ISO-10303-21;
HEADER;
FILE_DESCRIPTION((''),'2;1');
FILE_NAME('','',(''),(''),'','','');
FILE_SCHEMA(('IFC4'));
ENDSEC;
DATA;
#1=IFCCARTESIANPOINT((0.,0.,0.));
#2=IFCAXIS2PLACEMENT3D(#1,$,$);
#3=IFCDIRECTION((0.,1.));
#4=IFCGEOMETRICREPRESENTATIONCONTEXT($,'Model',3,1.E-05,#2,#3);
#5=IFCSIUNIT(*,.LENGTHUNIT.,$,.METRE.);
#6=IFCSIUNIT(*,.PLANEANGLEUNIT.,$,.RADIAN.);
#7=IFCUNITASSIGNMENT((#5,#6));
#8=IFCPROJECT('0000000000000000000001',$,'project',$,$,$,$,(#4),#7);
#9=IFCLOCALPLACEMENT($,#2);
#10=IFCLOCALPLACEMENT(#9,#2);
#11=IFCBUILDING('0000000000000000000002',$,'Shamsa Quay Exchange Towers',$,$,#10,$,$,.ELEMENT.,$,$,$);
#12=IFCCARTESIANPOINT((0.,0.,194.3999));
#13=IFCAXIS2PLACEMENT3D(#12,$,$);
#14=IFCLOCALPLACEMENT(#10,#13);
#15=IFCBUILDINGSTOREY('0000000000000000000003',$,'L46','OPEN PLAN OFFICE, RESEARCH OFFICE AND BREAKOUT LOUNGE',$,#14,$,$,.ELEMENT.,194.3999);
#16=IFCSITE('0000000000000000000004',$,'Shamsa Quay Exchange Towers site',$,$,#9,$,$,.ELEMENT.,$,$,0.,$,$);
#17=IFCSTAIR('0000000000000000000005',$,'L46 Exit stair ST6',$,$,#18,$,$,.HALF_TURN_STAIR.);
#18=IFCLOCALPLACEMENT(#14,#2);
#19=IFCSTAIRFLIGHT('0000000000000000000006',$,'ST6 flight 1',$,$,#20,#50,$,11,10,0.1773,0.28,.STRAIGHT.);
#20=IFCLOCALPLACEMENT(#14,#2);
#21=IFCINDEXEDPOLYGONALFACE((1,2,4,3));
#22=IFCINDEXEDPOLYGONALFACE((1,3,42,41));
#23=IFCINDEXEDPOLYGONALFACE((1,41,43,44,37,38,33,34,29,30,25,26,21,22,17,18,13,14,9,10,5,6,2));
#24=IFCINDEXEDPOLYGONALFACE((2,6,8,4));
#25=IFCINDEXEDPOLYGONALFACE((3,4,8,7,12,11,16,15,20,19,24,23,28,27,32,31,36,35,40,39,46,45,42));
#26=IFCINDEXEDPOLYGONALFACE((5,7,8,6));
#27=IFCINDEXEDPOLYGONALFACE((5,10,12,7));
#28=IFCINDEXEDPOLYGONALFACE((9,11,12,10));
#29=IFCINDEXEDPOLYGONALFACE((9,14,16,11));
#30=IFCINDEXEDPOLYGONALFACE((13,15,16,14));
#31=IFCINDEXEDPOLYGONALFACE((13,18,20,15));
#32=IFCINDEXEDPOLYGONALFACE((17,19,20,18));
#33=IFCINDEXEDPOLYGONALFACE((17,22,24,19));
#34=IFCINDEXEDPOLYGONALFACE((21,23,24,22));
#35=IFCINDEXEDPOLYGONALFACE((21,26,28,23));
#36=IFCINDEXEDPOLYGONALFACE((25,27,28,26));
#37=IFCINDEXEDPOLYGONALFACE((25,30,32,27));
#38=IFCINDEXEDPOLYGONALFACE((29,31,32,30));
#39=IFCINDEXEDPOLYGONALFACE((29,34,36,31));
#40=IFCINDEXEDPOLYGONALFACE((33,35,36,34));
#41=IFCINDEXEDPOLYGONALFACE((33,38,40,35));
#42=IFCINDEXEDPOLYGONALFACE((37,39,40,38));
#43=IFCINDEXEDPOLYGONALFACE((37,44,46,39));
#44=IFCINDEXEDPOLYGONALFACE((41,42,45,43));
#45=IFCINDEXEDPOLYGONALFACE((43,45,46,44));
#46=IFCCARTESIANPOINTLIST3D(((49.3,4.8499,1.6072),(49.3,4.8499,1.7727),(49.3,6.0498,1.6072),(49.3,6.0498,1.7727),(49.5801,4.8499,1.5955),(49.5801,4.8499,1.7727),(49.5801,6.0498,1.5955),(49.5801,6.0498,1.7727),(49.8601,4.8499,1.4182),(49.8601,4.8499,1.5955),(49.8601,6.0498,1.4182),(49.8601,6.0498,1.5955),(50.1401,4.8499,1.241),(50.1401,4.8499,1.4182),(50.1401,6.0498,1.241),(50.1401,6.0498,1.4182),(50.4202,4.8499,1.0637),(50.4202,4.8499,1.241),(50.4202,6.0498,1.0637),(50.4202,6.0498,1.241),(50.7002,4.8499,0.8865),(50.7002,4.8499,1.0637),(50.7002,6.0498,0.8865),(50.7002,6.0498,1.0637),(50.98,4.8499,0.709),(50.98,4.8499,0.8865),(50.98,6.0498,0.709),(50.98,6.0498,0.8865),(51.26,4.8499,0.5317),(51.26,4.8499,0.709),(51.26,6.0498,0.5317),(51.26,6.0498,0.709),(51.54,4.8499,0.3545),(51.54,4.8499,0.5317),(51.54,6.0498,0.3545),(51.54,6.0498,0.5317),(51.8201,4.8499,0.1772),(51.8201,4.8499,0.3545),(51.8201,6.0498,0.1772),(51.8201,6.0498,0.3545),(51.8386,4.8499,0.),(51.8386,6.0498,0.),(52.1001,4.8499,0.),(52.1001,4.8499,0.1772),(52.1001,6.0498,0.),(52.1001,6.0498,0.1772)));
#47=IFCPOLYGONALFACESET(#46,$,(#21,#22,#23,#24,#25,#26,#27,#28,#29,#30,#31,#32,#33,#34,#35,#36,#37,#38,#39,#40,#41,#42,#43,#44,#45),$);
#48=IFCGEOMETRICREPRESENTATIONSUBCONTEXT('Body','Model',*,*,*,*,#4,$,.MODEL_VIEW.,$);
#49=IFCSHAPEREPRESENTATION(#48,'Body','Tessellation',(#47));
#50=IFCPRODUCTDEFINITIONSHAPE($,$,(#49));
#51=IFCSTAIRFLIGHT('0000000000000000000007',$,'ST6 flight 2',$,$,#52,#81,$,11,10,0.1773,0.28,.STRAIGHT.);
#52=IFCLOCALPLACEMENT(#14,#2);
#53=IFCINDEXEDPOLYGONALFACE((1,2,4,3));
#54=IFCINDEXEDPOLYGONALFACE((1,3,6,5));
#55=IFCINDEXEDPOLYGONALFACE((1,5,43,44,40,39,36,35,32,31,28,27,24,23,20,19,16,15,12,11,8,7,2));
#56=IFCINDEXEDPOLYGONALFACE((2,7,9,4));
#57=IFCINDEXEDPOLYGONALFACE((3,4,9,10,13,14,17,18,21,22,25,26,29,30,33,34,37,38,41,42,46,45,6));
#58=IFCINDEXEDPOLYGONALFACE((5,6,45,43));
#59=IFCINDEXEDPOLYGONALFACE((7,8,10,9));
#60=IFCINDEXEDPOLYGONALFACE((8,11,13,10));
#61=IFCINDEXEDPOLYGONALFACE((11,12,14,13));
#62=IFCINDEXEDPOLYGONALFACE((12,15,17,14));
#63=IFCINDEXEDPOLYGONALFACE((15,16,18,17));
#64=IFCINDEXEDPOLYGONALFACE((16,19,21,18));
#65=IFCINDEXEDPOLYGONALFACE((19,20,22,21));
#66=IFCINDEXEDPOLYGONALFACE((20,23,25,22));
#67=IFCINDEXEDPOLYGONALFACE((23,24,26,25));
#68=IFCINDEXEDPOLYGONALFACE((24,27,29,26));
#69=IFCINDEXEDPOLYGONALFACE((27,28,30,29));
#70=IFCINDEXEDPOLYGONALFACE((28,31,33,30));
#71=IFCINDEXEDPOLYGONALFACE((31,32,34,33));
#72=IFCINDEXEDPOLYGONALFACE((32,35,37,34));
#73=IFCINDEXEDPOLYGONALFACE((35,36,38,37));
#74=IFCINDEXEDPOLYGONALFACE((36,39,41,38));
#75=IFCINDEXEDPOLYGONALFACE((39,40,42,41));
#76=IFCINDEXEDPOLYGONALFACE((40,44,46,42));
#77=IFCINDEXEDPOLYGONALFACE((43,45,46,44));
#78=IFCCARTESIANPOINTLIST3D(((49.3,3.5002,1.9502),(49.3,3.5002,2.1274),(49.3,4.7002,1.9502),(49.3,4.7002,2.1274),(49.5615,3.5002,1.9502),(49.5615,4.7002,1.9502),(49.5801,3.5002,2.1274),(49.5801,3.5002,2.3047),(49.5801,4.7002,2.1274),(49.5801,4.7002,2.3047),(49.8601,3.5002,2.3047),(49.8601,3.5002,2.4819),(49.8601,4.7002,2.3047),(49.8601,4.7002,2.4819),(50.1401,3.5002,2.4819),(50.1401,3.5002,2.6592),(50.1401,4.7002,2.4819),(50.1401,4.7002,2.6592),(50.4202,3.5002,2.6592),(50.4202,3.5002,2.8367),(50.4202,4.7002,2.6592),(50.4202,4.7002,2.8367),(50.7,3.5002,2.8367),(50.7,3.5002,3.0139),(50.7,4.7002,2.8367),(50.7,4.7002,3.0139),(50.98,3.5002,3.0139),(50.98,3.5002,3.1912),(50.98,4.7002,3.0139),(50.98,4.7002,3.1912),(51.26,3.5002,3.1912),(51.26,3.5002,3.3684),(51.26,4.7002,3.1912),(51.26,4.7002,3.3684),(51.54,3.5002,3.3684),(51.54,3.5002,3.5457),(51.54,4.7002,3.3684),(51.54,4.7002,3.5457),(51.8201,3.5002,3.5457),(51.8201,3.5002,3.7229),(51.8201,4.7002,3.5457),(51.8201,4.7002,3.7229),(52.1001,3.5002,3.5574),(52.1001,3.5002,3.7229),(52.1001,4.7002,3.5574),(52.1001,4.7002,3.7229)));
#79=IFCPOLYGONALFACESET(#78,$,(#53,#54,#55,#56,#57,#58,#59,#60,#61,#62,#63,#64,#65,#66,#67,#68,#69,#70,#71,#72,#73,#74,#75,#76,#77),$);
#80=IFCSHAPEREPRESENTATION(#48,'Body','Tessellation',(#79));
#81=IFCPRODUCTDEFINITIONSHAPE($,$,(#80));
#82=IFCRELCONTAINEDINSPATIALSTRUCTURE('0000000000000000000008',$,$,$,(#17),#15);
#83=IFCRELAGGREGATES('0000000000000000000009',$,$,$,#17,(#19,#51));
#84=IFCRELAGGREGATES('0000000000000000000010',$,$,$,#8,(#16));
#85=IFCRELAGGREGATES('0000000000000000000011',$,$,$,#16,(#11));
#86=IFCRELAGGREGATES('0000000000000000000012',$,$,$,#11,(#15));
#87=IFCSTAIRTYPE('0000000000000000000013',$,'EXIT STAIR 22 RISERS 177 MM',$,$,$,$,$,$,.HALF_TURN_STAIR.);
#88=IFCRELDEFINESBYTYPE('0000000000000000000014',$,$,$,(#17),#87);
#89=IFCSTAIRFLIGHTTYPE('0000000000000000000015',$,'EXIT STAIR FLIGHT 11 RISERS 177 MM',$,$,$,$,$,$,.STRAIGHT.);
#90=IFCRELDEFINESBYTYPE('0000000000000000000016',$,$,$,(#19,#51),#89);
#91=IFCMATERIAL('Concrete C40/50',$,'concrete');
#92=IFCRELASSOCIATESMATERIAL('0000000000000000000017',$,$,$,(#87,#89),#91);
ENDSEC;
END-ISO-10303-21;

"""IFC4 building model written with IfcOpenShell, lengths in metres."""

from ifc_helpers import new_model, si_unit, direction, frame, origin, place, context, subcontext, project, spatial, polyline, outline, extrude, material, type_object, element, aggregate, save


model = new_model("IFC4")

# Units and contexts
model_context = context("Model", 3, precision=1e-05, world=origin(), true_north=direction((0.0, 1.0)))
body_context = subcontext(model_context, "Body", "Model", "MODEL_VIEW")
ifc_project = project(units=[si_unit("LENGTHUNIT", "METRE"), si_unit("PLANEANGLEUNIT", "RADIAN")], contexts=[model_context])

# Site, building, storey
site_placement = place(None, origin())
site = spatial("IfcSite", under=ifc_project, at=site_placement, Name="Shamsa Quay Exchange Towers site", CompositionType="ELEMENT", RefElevation=0.0)
building_placement = place(site_placement, origin())
building = spatial("IfcBuilding", under=site, at=building_placement, Name="Shamsa Quay Exchange Towers", CompositionType="ELEMENT")
storey_placement = place(building_placement, frame((0.0, 0.0, 194.3999)))
storey = spatial("IfcBuildingStorey", under=building, at=storey_placement, Name="L46", Description="OPEN PLAN OFFICE, RESEARCH OFFICE AND BREAKOUT LOUNGE", CompositionType="ELEMENT", Elevation=194.3999)

# Stair, stair flights
ifc_material_1 = material(Name="Concrete C40/50", Category="concrete")
stair_type = type_object("IfcStairType", Name="EXIT STAIR 22 RISERS 177 MM", PredefinedType="HALF_TURN_STAIR", material=ifc_material_1)
stair_placement = place(storey_placement, origin())
stair = element("IfcStair", 1, at=stair_placement, inside=storey, type_object=stair_type, Name="L46 Exit stair ST6", PredefinedType="HALF_TURN_STAIR")
stair_flight_type = type_object("IfcStairFlightType", Name="EXIT STAIR FLIGHT 11 RISERS 177 MM", PredefinedType="STRAIGHT", material=ifc_material_1)
stair_flight_1_placement = place(storey_placement, frame((52.1001, 5.45, 0.0), z_axis=(0.0, 0.0, 1.0), x_axis=(-1.0, 0.0, 0.0)))
stair_flight_1 = element("IfcStairFlight", 2, at=stair_flight_1_placement, type_object=stair_flight_type, Name="ST6 flight 1", NumberOfRisers=11, NumberOfTreads=10, PredefinedType="STRAIGHT", RiserHeight=0.1773, TreadLength=0.28, context=body_context, shape_type="SweptSolid", body=[
    extrude(outline(polyline([(0.0, 0.0), (0.0, 0.1772), (0.28, 0.1772), (0.28, 0.3545), (0.5601, 0.3545), (0.5601, 0.5317), (0.8401, 0.5317), (0.8401, 0.709), (1.1201, 0.709), (1.1201, 0.8865), (1.3999, 0.8865), (1.3999, 1.0637), (1.6799, 1.0637), (1.6799, 1.241), (1.96, 1.241), (1.96, 1.4182), (2.24, 1.4182), (2.24, 1.5955), (2.52, 1.5955), (2.52, 1.7727), (2.8, 1.7727), (2.8, 1.95), (2.8, 1.6072), (0.2615, 0.0), (0.0, 0.0)])), frame((0.0, 0.6001, 0.0), z_axis=(0.0, -1.0, 0.0), x_axis=(1.0, 0.0, 0.0)), (0.0, 0.0, 1.0), 1.2),
])
stair_flight_2_placement = place(storey_placement, frame((49.3, 4.1001, 1.9502)))
stair_flight_2 = element("IfcStairFlight", 3, at=stair_flight_2_placement, type_object=stair_flight_type, Name="ST6 flight 2", NumberOfRisers=11, NumberOfTreads=10, PredefinedType="STRAIGHT", RiserHeight=0.1773, TreadLength=0.28, context=body_context, shape_type="SweptSolid", body=[
    extrude(outline(polyline([(0.0, 0.0), (0.0, 0.1772), (0.28, 0.1772), (0.28, 0.3545), (0.5601, 0.3545), (0.5601, 0.5317), (0.8401, 0.5317), (0.8401, 0.709), (1.1201, 0.709), (1.1201, 0.8865), (1.3999, 0.8865), (1.3999, 1.0637), (1.6799, 1.0637), (1.6799, 1.241), (1.96, 1.241), (1.96, 1.4182), (2.24, 1.4182), (2.24, 1.5955), (2.52, 1.5955), (2.52, 1.7727), (2.8, 1.7727), (2.8, 1.95), (2.8, 1.6072), (0.2615, 0.0), (0.0, 0.0)])), frame((0.0, 0.6001, 0.0), z_axis=(0.0, -1.0, 0.0), x_axis=(1.0, 0.0, 0.0)), (0.0, 0.0, 1.0), 1.2),
])
aggregate(stair, [stair_flight_1, stair_flight_2])

save(model, "model.ifc")
